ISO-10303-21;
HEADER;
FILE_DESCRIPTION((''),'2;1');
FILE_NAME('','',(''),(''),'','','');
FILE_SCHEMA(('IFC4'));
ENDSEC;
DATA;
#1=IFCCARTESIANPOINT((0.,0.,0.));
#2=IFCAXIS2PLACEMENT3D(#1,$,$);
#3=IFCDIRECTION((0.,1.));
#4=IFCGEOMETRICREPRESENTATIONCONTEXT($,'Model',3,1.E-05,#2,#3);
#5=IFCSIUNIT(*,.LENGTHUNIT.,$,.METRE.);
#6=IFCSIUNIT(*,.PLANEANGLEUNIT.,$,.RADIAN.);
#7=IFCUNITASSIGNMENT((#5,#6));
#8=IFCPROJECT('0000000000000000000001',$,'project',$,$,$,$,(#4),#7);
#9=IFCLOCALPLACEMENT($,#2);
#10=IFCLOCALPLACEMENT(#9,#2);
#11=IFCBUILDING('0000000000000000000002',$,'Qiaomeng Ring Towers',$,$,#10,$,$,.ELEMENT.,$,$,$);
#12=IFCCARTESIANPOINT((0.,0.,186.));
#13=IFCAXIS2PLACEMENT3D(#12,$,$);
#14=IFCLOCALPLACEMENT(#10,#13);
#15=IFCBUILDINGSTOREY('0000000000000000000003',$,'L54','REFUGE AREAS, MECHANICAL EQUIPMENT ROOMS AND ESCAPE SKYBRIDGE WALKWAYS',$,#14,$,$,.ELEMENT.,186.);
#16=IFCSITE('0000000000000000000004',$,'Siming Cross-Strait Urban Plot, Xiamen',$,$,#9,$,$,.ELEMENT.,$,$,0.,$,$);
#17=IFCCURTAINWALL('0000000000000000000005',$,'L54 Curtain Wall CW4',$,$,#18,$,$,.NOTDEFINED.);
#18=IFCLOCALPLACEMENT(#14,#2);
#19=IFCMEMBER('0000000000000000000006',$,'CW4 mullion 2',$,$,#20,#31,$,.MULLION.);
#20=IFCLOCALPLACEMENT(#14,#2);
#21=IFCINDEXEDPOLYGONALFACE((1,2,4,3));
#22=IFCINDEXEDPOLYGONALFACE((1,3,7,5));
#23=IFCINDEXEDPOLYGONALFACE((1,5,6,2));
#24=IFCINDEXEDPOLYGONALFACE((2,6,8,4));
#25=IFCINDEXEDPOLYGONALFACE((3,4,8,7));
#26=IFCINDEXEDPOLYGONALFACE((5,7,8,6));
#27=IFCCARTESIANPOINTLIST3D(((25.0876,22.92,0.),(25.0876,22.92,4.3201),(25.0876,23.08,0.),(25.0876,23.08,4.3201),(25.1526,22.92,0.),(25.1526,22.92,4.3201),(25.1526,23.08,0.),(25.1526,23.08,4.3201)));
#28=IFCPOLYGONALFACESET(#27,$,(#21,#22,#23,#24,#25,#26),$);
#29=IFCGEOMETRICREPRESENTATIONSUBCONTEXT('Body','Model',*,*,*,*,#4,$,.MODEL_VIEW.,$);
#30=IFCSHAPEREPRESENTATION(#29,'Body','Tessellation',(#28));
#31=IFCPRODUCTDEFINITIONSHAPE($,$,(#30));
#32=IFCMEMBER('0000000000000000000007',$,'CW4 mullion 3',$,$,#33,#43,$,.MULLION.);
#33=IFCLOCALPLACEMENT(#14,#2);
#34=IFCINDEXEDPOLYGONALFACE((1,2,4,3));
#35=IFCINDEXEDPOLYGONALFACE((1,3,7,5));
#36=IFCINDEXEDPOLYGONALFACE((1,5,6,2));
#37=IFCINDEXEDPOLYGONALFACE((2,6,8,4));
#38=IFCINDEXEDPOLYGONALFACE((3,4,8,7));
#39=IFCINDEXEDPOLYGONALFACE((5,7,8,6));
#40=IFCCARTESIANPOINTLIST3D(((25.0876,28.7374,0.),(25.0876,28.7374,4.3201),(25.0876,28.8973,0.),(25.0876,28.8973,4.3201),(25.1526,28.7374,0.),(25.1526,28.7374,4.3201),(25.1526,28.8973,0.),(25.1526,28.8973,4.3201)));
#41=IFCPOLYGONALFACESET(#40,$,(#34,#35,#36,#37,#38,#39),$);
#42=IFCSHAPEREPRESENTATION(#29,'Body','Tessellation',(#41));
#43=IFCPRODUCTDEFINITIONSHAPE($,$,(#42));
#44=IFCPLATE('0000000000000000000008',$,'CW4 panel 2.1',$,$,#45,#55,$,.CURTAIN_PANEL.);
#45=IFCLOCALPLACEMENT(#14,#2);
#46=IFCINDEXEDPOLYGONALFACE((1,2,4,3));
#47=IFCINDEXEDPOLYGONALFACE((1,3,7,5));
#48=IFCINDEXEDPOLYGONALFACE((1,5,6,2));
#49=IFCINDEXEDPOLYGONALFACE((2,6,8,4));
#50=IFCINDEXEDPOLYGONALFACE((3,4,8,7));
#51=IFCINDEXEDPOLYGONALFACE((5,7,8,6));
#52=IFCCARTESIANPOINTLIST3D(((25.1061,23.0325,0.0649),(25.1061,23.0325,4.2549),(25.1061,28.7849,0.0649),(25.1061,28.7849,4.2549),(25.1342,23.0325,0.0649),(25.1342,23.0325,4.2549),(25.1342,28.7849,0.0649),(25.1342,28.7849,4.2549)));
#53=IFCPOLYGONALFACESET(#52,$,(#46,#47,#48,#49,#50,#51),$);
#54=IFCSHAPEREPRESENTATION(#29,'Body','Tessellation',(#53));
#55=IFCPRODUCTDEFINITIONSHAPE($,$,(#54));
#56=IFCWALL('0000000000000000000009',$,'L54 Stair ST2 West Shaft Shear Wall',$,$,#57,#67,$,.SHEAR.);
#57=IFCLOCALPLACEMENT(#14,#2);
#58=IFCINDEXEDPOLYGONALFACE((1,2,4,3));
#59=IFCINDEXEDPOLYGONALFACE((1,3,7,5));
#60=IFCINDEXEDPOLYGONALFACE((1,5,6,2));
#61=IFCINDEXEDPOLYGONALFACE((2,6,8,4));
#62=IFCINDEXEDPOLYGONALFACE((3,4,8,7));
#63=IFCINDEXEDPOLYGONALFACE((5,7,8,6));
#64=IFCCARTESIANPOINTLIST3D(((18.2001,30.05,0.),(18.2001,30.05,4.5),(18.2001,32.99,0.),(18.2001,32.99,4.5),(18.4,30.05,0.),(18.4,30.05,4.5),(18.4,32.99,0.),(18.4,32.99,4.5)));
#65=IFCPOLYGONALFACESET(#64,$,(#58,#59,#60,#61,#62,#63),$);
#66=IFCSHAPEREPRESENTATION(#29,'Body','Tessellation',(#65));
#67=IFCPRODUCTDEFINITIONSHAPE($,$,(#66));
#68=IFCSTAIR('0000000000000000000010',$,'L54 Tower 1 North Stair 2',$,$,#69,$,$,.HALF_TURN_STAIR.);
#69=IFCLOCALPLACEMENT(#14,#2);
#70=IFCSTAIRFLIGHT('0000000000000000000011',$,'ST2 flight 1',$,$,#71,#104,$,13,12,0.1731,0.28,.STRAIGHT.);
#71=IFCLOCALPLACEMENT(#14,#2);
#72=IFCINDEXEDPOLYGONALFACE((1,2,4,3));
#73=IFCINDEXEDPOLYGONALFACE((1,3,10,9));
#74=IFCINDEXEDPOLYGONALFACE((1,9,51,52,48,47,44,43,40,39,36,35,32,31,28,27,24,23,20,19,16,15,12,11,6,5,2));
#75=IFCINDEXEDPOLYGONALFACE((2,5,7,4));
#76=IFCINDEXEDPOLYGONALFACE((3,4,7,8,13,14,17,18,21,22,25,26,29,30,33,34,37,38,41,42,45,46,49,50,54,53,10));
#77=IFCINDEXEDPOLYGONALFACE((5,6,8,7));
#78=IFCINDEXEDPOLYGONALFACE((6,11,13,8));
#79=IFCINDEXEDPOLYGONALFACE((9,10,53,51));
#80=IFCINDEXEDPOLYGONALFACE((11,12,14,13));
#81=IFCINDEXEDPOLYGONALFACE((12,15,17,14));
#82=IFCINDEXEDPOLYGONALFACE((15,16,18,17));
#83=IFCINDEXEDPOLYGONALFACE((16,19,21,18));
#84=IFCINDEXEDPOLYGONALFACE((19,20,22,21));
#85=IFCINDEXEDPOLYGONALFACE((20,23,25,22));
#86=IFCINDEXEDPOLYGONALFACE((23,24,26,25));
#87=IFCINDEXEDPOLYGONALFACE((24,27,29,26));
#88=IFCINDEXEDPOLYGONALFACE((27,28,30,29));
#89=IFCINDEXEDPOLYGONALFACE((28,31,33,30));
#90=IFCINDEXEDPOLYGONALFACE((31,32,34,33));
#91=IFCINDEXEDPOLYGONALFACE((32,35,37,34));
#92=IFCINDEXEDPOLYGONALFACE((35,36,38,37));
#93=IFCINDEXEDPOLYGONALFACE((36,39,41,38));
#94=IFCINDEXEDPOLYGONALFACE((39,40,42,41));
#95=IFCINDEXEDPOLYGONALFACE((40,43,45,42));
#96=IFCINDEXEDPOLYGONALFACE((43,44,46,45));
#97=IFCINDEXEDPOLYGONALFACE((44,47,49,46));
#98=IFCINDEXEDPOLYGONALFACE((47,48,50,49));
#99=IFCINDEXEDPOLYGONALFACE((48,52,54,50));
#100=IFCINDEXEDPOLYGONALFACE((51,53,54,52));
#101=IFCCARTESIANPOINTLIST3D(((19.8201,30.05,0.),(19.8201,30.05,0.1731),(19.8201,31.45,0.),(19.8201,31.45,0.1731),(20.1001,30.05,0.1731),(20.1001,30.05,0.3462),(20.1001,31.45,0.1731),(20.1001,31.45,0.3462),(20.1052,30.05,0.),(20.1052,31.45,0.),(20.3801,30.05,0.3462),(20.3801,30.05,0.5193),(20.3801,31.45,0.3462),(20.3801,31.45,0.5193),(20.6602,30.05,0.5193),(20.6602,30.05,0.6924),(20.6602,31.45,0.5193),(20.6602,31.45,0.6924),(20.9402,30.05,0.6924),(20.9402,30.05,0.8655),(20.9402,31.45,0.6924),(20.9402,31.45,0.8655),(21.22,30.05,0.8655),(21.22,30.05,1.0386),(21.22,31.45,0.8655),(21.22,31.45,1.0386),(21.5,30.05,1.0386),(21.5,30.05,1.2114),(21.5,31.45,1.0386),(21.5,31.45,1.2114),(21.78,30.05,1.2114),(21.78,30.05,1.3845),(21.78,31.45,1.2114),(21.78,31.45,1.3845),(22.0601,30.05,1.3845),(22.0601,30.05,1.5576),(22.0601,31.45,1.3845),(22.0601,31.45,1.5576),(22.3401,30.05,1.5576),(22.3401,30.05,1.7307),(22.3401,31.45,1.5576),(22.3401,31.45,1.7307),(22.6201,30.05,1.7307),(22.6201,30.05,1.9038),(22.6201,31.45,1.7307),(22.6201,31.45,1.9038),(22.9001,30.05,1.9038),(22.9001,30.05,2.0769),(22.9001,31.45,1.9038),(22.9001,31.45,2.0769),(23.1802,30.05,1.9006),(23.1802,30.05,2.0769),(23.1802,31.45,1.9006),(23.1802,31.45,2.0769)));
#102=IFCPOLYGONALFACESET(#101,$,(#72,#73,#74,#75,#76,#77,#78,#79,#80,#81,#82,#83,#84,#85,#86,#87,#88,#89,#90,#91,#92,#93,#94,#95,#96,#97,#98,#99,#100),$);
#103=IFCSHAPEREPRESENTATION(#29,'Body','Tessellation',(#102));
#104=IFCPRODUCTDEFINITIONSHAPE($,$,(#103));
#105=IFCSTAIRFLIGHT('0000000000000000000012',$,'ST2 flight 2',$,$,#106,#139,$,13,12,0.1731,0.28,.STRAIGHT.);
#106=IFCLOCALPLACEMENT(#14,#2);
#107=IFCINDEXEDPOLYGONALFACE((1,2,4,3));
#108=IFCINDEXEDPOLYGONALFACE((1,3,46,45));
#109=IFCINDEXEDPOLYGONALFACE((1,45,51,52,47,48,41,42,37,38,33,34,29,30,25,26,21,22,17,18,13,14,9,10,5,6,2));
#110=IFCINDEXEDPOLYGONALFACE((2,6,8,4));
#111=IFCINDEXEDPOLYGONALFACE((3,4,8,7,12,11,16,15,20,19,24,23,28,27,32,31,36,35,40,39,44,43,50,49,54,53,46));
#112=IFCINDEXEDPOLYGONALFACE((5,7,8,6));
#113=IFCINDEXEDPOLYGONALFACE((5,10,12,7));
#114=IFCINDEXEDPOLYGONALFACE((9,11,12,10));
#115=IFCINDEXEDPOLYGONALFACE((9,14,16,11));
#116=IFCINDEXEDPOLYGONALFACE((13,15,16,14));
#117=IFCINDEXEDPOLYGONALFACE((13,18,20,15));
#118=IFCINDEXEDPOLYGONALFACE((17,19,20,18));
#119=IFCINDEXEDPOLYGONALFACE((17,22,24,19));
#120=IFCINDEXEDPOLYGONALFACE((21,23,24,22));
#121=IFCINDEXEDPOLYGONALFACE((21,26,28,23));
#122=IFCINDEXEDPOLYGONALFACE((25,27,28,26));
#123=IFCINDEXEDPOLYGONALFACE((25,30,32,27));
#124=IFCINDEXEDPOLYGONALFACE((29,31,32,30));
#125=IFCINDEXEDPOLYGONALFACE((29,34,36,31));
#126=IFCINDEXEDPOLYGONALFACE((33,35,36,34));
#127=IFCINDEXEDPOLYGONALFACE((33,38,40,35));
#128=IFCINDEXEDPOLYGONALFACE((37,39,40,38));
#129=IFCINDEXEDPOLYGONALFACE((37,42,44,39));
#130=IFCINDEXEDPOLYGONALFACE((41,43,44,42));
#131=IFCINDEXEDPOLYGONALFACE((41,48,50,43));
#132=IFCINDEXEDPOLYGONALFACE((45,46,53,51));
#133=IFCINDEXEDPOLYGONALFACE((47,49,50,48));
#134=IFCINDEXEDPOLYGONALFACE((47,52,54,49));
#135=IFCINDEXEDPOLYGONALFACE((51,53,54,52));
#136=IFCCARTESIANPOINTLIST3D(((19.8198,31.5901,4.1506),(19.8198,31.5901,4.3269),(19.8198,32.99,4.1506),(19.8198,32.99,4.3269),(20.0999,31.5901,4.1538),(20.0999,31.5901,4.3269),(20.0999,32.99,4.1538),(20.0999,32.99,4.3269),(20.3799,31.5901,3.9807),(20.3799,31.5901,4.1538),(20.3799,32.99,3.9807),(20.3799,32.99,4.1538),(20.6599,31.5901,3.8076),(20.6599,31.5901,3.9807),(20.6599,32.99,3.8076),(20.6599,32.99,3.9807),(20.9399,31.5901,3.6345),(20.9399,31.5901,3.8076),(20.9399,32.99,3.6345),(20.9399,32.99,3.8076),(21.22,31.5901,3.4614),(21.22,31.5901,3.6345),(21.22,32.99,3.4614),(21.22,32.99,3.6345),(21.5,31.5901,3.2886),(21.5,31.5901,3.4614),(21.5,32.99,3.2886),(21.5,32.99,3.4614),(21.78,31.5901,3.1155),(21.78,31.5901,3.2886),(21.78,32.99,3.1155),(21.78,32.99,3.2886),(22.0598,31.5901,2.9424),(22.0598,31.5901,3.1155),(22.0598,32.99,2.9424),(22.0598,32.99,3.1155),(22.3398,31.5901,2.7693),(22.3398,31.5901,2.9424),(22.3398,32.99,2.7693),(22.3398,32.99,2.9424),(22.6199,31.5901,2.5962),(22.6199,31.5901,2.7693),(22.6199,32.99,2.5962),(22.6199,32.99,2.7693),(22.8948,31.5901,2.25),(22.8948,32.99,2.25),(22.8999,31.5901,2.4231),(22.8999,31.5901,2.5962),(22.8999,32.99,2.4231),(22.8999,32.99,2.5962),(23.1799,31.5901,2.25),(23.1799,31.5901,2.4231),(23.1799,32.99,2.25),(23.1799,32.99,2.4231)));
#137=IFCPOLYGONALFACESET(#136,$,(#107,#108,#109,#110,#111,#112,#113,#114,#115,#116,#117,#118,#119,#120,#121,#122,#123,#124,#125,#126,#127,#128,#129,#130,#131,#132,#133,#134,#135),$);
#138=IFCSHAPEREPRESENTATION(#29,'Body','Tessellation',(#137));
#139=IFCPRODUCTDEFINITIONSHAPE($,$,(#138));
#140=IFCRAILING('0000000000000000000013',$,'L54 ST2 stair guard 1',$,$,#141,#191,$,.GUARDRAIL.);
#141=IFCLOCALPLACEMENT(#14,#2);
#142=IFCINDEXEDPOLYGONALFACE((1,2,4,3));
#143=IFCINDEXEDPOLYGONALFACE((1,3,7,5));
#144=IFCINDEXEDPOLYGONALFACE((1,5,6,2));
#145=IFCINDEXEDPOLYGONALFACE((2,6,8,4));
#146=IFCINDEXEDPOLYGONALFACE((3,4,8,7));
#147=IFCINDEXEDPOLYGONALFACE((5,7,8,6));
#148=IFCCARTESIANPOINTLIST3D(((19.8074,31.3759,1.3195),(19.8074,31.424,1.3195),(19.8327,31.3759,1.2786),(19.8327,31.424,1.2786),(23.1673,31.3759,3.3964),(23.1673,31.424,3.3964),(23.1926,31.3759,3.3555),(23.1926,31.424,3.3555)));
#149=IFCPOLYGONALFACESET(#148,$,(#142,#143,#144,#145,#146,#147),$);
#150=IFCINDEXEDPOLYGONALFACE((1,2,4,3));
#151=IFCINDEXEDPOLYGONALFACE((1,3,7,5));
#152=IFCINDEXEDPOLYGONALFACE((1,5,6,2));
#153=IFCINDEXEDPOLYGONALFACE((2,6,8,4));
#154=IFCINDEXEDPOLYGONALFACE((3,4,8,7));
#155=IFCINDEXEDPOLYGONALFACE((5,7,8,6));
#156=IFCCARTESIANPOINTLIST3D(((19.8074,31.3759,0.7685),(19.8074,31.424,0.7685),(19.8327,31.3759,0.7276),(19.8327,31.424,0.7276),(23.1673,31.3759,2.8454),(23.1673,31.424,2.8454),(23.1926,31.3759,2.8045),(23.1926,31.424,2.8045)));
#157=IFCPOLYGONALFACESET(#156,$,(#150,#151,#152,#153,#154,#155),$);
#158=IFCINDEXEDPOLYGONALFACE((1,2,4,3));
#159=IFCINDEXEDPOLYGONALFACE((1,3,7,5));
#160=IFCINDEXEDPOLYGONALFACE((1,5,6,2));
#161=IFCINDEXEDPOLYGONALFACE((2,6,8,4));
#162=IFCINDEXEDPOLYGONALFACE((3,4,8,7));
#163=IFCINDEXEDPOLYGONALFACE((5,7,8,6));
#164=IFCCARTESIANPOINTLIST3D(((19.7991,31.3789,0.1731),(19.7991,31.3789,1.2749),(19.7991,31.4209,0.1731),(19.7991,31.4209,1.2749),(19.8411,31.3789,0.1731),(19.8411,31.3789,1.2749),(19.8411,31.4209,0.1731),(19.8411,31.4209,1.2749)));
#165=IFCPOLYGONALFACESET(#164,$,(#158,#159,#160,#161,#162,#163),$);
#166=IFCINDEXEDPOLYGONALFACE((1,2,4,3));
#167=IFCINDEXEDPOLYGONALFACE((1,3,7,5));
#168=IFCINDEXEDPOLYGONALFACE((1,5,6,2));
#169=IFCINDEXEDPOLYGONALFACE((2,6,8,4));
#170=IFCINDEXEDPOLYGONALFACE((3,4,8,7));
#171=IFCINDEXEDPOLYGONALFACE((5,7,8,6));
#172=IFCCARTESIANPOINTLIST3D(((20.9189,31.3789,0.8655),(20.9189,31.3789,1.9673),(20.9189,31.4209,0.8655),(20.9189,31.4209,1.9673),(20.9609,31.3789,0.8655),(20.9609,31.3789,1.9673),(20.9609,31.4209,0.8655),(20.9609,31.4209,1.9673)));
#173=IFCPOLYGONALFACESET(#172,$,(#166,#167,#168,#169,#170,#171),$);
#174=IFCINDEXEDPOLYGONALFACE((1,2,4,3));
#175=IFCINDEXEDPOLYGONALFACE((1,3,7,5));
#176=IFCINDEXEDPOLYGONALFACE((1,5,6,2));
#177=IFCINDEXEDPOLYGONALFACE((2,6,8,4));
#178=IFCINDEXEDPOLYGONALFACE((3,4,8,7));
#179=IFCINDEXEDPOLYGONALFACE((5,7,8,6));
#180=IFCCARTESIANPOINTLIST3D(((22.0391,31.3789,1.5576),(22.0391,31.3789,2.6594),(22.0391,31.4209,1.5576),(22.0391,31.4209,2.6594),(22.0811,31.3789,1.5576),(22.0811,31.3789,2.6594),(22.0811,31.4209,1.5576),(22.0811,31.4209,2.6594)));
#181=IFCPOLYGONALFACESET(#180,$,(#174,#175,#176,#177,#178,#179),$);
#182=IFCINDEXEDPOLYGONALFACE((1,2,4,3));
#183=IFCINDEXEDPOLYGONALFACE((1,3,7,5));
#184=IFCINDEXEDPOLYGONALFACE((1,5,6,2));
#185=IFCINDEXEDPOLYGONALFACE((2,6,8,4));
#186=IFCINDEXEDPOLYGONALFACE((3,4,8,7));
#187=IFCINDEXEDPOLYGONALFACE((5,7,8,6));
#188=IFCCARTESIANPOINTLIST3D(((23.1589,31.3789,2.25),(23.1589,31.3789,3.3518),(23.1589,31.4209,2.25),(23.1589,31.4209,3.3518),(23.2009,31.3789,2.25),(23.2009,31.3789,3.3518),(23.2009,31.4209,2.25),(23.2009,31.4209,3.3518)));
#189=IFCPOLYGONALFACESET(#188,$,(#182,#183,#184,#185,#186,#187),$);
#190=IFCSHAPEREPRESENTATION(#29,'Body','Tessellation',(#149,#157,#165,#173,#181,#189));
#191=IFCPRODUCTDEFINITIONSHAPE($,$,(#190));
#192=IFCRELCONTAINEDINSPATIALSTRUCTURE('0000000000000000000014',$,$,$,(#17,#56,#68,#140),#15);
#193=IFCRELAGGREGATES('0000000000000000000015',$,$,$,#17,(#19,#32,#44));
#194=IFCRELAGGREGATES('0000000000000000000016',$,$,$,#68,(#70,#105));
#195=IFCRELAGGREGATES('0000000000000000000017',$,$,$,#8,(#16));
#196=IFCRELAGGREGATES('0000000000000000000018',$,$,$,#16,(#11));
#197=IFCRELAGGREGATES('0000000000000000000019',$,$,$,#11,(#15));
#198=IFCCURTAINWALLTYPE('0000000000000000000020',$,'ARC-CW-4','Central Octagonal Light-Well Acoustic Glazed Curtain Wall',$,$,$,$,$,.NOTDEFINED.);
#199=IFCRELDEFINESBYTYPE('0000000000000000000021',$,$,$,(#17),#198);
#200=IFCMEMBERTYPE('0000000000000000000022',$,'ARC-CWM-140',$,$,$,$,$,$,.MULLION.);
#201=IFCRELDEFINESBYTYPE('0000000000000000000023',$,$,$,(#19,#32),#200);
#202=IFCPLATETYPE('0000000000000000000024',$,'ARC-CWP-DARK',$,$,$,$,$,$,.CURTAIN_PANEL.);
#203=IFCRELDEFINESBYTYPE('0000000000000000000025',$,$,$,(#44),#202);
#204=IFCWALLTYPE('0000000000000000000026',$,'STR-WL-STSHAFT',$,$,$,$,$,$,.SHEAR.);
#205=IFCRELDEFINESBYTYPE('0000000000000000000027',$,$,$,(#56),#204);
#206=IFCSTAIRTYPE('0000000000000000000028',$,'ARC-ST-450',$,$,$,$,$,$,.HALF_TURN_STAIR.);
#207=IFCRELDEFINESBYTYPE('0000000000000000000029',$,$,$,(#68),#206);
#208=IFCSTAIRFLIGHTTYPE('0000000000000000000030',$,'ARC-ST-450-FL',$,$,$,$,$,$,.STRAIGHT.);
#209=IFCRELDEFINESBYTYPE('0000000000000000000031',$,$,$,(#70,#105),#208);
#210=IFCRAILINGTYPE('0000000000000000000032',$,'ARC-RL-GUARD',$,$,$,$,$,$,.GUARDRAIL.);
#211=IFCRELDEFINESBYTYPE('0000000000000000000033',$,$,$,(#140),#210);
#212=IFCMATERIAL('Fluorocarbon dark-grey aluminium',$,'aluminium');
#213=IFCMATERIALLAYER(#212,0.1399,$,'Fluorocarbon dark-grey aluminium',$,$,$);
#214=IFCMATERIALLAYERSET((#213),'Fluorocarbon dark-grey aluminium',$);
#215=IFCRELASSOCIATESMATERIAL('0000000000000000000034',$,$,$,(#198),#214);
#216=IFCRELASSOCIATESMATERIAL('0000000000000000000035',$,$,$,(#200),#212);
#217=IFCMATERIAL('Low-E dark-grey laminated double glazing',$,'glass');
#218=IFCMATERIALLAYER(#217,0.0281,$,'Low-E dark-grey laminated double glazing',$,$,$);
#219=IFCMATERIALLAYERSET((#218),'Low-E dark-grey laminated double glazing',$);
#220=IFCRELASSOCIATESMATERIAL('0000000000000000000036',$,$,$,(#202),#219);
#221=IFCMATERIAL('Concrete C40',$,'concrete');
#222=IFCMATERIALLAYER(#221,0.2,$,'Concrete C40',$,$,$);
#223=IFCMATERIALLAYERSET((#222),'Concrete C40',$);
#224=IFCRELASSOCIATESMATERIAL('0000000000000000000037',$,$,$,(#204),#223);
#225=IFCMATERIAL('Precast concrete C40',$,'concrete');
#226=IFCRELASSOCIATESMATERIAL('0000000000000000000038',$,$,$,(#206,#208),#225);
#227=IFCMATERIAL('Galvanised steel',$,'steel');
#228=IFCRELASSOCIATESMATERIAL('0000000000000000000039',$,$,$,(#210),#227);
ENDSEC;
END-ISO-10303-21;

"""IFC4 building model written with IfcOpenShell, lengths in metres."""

from ifc_helpers import new_model, si_unit, direction, frame, frame_2d, origin, origin_2d, place, context, subcontext, project, spatial, polyline, rectangle, outline, extrude, source, transform, mapped, material, layer, layer_set, material_profile, profile_set, type_object, element, aggregate, save


model = new_model("IFC4")

# Units and contexts
model_context = context("Model", 3, precision=1e-05, world=origin(), true_north=direction((0.0, 1.0)))
body_context = subcontext(model_context, "Body", "Model", "MODEL_VIEW")
ifc_project = project(units=[si_unit("LENGTHUNIT", "METRE"), si_unit("PLANEANGLEUNIT", "RADIAN")], contexts=[model_context])

# Site, building, storey
site_placement = place(None, origin())
site = spatial("IfcSite", under=ifc_project, at=site_placement, Name="Siming Cross-Strait Urban Plot, Xiamen", CompositionType="ELEMENT", RefElevation=0.0)
building_placement = place(site_placement, origin())
building = spatial("IfcBuilding", under=site, at=building_placement, Name="Qiaomeng Ring Towers", CompositionType="ELEMENT")
storey_placement = place(building_placement, frame((0.0, 0.0, 186.0)))
storey = spatial("IfcBuildingStorey", under=building, at=storey_placement, Name="L54", Description="REFUGE AREAS, MECHANICAL EQUIPMENT ROOMS AND ESCAPE SKYBRIDGE WALKWAYS", CompositionType="ELEMENT", Elevation=186.0)

# Curtain wall, members, plate
ifc_material_1 = material(Name="Fluorocarbon dark-grey aluminium", Category="aluminium")
ifc_layer_1 = layer(ifc_material_1, 0.1399, Name="Fluorocarbon dark-grey aluminium")
ifc_layer_set_1 = layer_set([ifc_layer_1], Name="Fluorocarbon dark-grey aluminium")
curtain_wall_type = type_object("IfcCurtainWallType", Name="ARC-CW-4", Description="Central Octagonal Light-Well Acoustic Glazed Curtain Wall", PredefinedType="NOTDEFINED", material=ifc_layer_set_1)
curtain_wall_placement = place(storey_placement, origin())
curtain_wall = element("IfcCurtainWall", 1, at=curtain_wall_placement, inside=storey, type_object=curtain_wall_type, Name="L54 Curtain Wall CW4", PredefinedType="NOTDEFINED")
ifc_material_profile_1 = material_profile(ifc_material_1, rectangle(XDim=0.0649, YDim=0.1599, at=origin_2d()), Name="ALU MULL 65x160")
ifc_profile_set_1 = profile_set([ifc_material_profile_1], Name="Fluorocarbon dark-grey aluminium")
member_type_1 = type_object("IfcMemberType", Name="ARC-CWM-140", PredefinedType="MULLION", material=ifc_profile_set_1)
shared_shape_1 = source(origin(), body_context, "Body", "SweptSolid", [
    extrude(rectangle(XDim=0.0649, YDim=0.1599, at=origin_2d()), origin(), (0.0, 0.0, 1.0), 4.3201),
])
member_1_placement = place(storey_placement, frame((25.1201, 23.0, 0.0), z_axis=(0.0, 0.0, 1.0), x_axis=(-1.0, 0.0, 0.0)))
member_1 = element("IfcMember", 2, at=member_1_placement, type_object=member_type_1, Name="CW4 mullion 2", PredefinedType="MULLION", context=body_context, shape_type="MappedRepresentation", body=[
    mapped(shared_shape_1, transform((0.0, 0.0, 0.0), x_axis=(1.0, 0.0, 0.0), y_axis=(0.0, 1.0, 0.0), z_axis=(0.0, 0.0, 1.0), scale=1.0)),
])
member_2_placement = place(storey_placement, frame((25.1201, 28.8174, 0.0), z_axis=(0.0, 0.0, 1.0), x_axis=(-1.0, 0.0, 0.0)))
member_2 = element("IfcMember", 3, at=member_2_placement, type_object=member_type_1, Name="CW4 mullion 3", PredefinedType="MULLION", context=body_context, shape_type="MappedRepresentation", body=[
    mapped(shared_shape_1, transform((0.0, 0.0, 0.0), x_axis=(1.0, 0.0, 0.0), y_axis=(0.0, 1.0, 0.0), z_axis=(0.0, 0.0, 1.0), scale=1.0)),
])
ifc_material_2 = material(Name="Low-E dark-grey laminated double glazing", Category="glass")
ifc_layer_2 = layer(ifc_material_2, 0.0281, Name="Low-E dark-grey laminated double glazing")
ifc_layer_set_2 = layer_set([ifc_layer_2], Name="Low-E dark-grey laminated double glazing")
plate_type = type_object("IfcPlateType", Name="ARC-CWP-DARK", PredefinedType="CURTAIN_PANEL", material=ifc_layer_set_2)
shared_shape_2 = source(origin(), body_context, "Body", "SweptSolid", [
    extrude(rectangle(XDim=5.7524, YDim=0.0281, at=origin_2d()), origin(), (0.0, 0.0, 1.0), 4.1899),
])
plate_placement = place(storey_placement, frame((25.1201, 25.9087, 0.0649), z_axis=(0.0, 0.0, 1.0), x_axis=(0.0, 1.0, 0.0)))
plate = element("IfcPlate", 4, at=plate_placement, type_object=plate_type, Name="CW4 panel 2.1", PredefinedType="CURTAIN_PANEL", context=body_context, shape_type="MappedRepresentation", body=[
    mapped(shared_shape_2, transform((0.0, 0.0, 0.0), x_axis=(1.0, 0.0, 0.0), y_axis=(0.0, 1.0, 0.0), z_axis=(0.0, 0.0, 1.0), scale=1.0)),
])
aggregate(curtain_wall, [member_1, member_2, plate])

# Wall
ifc_material_3 = material(Name="Concrete C40", Category="concrete")
ifc_layer_3 = layer(ifc_material_3, 0.2, Name="Concrete C40")
ifc_layer_set_3 = layer_set([ifc_layer_3], Name="Concrete C40")
wall_type = type_object("IfcWallType", Name="STR-WL-STSHAFT", PredefinedType="SHEAR", material=ifc_layer_set_3)
wall_placement = place(storey_placement, frame((18.3, 30.05, 0.0), z_axis=(0.0, 0.0, 1.0), x_axis=(0.0, 1.0, 0.0)))
element("IfcWall", 5, at=wall_placement, inside=storey, type_object=wall_type, Name="L54 Stair ST2 West Shaft Shear Wall", PredefinedType="SHEAR", context=body_context, shape_type="SweptSolid", body=[
    extrude(rectangle(XDim=2.9399, YDim=0.2, at=frame_2d((1.47, 0.0))), origin(), (0.0, 0.0, 1.0), 4.5),
])

# Stair, stair flights
ifc_material_4 = material(Name="Precast concrete C40", Category="concrete")
stair_type = type_object("IfcStairType", Name="ARC-ST-450", PredefinedType="HALF_TURN_STAIR", material=ifc_material_4)
stair_placement = place(storey_placement, origin())
stair = element("IfcStair", 6, at=stair_placement, inside=storey, type_object=stair_type, Name="L54 Tower 1 North Stair 2", PredefinedType="HALF_TURN_STAIR")
stair_flight_type = type_object("IfcStairFlightType", Name="ARC-ST-450-FL", PredefinedType="STRAIGHT", material=ifc_material_4)
shared_shape_3 = source(origin(), body_context, "Body", "SweptSolid", [
    extrude(outline(polyline([(0.0, 0.0), (0.0, 0.1731), (0.28, 0.1731), (0.28, 0.3462), (0.5601, 0.3462), (0.5601, 0.5193), (0.8401, 0.5193), (0.8401, 0.6924), (1.1201, 0.6924), (1.1201, 0.8655), (1.3999, 0.8655), (1.3999, 1.0386), (1.6799, 1.0386), (1.6799, 1.2114), (1.96, 1.2114), (1.96, 1.3845), (2.24, 1.3845), (2.24, 1.5576), (2.52, 1.5576), (2.52, 1.7307), (2.8, 1.7307), (2.8, 1.9038), (3.0801, 1.9038), (3.0801, 2.0769), (3.3601, 2.0769), (3.3601, 2.25), (3.3601, 1.9006), (0.2852, 0.0), (0.0, 0.0)])), frame((0.0, 0.7, 0.0), z_axis=(0.0, -1.0, 0.0), x_axis=(1.0, 0.0, 0.0)), (0.0, 0.0, 1.0), 1.3999),
])
stair_flight_1_placement = place(storey_placement, frame((19.8201, 30.75, 0.0), z_axis=(0.0, 0.0, 1.0), x_axis=(1.0, 0.0, 0.0)))
stair_flight_1 = element("IfcStairFlight", 7, at=stair_flight_1_placement, type_object=stair_flight_type, Name="ST2 flight 1", NumberOfRisers=13, NumberOfTreads=12, PredefinedType="STRAIGHT", RiserHeight=0.1731, TreadLength=0.28, context=body_context, shape_type="MappedRepresentation", body=[
    mapped(shared_shape_3, transform((0.0, 0.0, 0.0), x_axis=(1.0, 0.0, 0.0), y_axis=(0.0, 1.0, 0.0), z_axis=(0.0, 0.0, 1.0), scale=1.0)),
])
stair_flight_2_placement = place(storey_placement, frame((23.1799, 32.29, 2.25), z_axis=(0.0, 0.0, 1.0), x_axis=(-1.0, 0.0, 0.0)))
stair_flight_2 = element("IfcStairFlight", 8, at=stair_flight_2_placement, type_object=stair_flight_type, Name="ST2 flight 2", NumberOfRisers=13, NumberOfTreads=12, PredefinedType="STRAIGHT", RiserHeight=0.1731, TreadLength=0.28, context=body_context, shape_type="MappedRepresentation", body=[
    mapped(shared_shape_3, transform((0.0, 0.0, 0.0), x_axis=(1.0, 0.0, 0.0), y_axis=(0.0, 1.0, 0.0), z_axis=(0.0, 0.0, 1.0), scale=1.0)),
])
aggregate(stair, [stair_flight_1, stair_flight_2])

# Railing
ifc_material_5 = material(Name="Galvanised steel", Category="steel")
railing_type_1 = type_object("IfcRailingType", Name="ARC-RL-GUARD", PredefinedType="GUARDRAIL", material=ifc_material_5)
railing_1_placement = place(storey_placement, frame((19.8201, 31.3999, 0.1731)))
element("IfcRailing", 9, at=railing_1_placement, inside=storey, type_object=railing_type_1, Name="L54 ST2 stair guard 1", PredefinedType="GUARDRAIL", context=body_context, shape_type="SweptSolid", body=[
    extrude(rectangle(XDim=0.0481, YDim=0.0481, at=origin_2d()), frame((0.0, 0.0, 1.126), z_axis=(0.850606, 0.0, 0.525803), x_axis=(0.0, 1.0, 0.0)), (0.0, 0.0, 1.0), 3.95),
    extrude(rectangle(XDim=0.0481, YDim=0.0481, at=origin_2d()), frame((0.0, 0.0, 0.575), z_axis=(0.850606, 0.0, 0.525803), x_axis=(0.0, 1.0, 0.0)), (0.0, 0.0, 1.0), 3.95),
    extrude(rectangle(XDim=0.042, YDim=0.042, at=origin_2d()), origin(), (0.0, 0.0, 1.0), 1.1018),
    extrude(rectangle(XDim=0.042, YDim=0.042, at=origin_2d()), frame((1.1199, 0.0, 0.6924)), (0.0, 0.0, 1.0), 1.1018),
    extrude(rectangle(XDim=0.042, YDim=0.042, at=origin_2d()), frame((2.24, 0.0, 1.3845)), (0.0, 0.0, 1.0), 1.1018),
    extrude(rectangle(XDim=0.042, YDim=0.042, at=origin_2d()), frame((3.3599, 0.0, 2.0769)), (0.0, 0.0, 1.0), 1.1018),
])

save(model, "model.ifc")
